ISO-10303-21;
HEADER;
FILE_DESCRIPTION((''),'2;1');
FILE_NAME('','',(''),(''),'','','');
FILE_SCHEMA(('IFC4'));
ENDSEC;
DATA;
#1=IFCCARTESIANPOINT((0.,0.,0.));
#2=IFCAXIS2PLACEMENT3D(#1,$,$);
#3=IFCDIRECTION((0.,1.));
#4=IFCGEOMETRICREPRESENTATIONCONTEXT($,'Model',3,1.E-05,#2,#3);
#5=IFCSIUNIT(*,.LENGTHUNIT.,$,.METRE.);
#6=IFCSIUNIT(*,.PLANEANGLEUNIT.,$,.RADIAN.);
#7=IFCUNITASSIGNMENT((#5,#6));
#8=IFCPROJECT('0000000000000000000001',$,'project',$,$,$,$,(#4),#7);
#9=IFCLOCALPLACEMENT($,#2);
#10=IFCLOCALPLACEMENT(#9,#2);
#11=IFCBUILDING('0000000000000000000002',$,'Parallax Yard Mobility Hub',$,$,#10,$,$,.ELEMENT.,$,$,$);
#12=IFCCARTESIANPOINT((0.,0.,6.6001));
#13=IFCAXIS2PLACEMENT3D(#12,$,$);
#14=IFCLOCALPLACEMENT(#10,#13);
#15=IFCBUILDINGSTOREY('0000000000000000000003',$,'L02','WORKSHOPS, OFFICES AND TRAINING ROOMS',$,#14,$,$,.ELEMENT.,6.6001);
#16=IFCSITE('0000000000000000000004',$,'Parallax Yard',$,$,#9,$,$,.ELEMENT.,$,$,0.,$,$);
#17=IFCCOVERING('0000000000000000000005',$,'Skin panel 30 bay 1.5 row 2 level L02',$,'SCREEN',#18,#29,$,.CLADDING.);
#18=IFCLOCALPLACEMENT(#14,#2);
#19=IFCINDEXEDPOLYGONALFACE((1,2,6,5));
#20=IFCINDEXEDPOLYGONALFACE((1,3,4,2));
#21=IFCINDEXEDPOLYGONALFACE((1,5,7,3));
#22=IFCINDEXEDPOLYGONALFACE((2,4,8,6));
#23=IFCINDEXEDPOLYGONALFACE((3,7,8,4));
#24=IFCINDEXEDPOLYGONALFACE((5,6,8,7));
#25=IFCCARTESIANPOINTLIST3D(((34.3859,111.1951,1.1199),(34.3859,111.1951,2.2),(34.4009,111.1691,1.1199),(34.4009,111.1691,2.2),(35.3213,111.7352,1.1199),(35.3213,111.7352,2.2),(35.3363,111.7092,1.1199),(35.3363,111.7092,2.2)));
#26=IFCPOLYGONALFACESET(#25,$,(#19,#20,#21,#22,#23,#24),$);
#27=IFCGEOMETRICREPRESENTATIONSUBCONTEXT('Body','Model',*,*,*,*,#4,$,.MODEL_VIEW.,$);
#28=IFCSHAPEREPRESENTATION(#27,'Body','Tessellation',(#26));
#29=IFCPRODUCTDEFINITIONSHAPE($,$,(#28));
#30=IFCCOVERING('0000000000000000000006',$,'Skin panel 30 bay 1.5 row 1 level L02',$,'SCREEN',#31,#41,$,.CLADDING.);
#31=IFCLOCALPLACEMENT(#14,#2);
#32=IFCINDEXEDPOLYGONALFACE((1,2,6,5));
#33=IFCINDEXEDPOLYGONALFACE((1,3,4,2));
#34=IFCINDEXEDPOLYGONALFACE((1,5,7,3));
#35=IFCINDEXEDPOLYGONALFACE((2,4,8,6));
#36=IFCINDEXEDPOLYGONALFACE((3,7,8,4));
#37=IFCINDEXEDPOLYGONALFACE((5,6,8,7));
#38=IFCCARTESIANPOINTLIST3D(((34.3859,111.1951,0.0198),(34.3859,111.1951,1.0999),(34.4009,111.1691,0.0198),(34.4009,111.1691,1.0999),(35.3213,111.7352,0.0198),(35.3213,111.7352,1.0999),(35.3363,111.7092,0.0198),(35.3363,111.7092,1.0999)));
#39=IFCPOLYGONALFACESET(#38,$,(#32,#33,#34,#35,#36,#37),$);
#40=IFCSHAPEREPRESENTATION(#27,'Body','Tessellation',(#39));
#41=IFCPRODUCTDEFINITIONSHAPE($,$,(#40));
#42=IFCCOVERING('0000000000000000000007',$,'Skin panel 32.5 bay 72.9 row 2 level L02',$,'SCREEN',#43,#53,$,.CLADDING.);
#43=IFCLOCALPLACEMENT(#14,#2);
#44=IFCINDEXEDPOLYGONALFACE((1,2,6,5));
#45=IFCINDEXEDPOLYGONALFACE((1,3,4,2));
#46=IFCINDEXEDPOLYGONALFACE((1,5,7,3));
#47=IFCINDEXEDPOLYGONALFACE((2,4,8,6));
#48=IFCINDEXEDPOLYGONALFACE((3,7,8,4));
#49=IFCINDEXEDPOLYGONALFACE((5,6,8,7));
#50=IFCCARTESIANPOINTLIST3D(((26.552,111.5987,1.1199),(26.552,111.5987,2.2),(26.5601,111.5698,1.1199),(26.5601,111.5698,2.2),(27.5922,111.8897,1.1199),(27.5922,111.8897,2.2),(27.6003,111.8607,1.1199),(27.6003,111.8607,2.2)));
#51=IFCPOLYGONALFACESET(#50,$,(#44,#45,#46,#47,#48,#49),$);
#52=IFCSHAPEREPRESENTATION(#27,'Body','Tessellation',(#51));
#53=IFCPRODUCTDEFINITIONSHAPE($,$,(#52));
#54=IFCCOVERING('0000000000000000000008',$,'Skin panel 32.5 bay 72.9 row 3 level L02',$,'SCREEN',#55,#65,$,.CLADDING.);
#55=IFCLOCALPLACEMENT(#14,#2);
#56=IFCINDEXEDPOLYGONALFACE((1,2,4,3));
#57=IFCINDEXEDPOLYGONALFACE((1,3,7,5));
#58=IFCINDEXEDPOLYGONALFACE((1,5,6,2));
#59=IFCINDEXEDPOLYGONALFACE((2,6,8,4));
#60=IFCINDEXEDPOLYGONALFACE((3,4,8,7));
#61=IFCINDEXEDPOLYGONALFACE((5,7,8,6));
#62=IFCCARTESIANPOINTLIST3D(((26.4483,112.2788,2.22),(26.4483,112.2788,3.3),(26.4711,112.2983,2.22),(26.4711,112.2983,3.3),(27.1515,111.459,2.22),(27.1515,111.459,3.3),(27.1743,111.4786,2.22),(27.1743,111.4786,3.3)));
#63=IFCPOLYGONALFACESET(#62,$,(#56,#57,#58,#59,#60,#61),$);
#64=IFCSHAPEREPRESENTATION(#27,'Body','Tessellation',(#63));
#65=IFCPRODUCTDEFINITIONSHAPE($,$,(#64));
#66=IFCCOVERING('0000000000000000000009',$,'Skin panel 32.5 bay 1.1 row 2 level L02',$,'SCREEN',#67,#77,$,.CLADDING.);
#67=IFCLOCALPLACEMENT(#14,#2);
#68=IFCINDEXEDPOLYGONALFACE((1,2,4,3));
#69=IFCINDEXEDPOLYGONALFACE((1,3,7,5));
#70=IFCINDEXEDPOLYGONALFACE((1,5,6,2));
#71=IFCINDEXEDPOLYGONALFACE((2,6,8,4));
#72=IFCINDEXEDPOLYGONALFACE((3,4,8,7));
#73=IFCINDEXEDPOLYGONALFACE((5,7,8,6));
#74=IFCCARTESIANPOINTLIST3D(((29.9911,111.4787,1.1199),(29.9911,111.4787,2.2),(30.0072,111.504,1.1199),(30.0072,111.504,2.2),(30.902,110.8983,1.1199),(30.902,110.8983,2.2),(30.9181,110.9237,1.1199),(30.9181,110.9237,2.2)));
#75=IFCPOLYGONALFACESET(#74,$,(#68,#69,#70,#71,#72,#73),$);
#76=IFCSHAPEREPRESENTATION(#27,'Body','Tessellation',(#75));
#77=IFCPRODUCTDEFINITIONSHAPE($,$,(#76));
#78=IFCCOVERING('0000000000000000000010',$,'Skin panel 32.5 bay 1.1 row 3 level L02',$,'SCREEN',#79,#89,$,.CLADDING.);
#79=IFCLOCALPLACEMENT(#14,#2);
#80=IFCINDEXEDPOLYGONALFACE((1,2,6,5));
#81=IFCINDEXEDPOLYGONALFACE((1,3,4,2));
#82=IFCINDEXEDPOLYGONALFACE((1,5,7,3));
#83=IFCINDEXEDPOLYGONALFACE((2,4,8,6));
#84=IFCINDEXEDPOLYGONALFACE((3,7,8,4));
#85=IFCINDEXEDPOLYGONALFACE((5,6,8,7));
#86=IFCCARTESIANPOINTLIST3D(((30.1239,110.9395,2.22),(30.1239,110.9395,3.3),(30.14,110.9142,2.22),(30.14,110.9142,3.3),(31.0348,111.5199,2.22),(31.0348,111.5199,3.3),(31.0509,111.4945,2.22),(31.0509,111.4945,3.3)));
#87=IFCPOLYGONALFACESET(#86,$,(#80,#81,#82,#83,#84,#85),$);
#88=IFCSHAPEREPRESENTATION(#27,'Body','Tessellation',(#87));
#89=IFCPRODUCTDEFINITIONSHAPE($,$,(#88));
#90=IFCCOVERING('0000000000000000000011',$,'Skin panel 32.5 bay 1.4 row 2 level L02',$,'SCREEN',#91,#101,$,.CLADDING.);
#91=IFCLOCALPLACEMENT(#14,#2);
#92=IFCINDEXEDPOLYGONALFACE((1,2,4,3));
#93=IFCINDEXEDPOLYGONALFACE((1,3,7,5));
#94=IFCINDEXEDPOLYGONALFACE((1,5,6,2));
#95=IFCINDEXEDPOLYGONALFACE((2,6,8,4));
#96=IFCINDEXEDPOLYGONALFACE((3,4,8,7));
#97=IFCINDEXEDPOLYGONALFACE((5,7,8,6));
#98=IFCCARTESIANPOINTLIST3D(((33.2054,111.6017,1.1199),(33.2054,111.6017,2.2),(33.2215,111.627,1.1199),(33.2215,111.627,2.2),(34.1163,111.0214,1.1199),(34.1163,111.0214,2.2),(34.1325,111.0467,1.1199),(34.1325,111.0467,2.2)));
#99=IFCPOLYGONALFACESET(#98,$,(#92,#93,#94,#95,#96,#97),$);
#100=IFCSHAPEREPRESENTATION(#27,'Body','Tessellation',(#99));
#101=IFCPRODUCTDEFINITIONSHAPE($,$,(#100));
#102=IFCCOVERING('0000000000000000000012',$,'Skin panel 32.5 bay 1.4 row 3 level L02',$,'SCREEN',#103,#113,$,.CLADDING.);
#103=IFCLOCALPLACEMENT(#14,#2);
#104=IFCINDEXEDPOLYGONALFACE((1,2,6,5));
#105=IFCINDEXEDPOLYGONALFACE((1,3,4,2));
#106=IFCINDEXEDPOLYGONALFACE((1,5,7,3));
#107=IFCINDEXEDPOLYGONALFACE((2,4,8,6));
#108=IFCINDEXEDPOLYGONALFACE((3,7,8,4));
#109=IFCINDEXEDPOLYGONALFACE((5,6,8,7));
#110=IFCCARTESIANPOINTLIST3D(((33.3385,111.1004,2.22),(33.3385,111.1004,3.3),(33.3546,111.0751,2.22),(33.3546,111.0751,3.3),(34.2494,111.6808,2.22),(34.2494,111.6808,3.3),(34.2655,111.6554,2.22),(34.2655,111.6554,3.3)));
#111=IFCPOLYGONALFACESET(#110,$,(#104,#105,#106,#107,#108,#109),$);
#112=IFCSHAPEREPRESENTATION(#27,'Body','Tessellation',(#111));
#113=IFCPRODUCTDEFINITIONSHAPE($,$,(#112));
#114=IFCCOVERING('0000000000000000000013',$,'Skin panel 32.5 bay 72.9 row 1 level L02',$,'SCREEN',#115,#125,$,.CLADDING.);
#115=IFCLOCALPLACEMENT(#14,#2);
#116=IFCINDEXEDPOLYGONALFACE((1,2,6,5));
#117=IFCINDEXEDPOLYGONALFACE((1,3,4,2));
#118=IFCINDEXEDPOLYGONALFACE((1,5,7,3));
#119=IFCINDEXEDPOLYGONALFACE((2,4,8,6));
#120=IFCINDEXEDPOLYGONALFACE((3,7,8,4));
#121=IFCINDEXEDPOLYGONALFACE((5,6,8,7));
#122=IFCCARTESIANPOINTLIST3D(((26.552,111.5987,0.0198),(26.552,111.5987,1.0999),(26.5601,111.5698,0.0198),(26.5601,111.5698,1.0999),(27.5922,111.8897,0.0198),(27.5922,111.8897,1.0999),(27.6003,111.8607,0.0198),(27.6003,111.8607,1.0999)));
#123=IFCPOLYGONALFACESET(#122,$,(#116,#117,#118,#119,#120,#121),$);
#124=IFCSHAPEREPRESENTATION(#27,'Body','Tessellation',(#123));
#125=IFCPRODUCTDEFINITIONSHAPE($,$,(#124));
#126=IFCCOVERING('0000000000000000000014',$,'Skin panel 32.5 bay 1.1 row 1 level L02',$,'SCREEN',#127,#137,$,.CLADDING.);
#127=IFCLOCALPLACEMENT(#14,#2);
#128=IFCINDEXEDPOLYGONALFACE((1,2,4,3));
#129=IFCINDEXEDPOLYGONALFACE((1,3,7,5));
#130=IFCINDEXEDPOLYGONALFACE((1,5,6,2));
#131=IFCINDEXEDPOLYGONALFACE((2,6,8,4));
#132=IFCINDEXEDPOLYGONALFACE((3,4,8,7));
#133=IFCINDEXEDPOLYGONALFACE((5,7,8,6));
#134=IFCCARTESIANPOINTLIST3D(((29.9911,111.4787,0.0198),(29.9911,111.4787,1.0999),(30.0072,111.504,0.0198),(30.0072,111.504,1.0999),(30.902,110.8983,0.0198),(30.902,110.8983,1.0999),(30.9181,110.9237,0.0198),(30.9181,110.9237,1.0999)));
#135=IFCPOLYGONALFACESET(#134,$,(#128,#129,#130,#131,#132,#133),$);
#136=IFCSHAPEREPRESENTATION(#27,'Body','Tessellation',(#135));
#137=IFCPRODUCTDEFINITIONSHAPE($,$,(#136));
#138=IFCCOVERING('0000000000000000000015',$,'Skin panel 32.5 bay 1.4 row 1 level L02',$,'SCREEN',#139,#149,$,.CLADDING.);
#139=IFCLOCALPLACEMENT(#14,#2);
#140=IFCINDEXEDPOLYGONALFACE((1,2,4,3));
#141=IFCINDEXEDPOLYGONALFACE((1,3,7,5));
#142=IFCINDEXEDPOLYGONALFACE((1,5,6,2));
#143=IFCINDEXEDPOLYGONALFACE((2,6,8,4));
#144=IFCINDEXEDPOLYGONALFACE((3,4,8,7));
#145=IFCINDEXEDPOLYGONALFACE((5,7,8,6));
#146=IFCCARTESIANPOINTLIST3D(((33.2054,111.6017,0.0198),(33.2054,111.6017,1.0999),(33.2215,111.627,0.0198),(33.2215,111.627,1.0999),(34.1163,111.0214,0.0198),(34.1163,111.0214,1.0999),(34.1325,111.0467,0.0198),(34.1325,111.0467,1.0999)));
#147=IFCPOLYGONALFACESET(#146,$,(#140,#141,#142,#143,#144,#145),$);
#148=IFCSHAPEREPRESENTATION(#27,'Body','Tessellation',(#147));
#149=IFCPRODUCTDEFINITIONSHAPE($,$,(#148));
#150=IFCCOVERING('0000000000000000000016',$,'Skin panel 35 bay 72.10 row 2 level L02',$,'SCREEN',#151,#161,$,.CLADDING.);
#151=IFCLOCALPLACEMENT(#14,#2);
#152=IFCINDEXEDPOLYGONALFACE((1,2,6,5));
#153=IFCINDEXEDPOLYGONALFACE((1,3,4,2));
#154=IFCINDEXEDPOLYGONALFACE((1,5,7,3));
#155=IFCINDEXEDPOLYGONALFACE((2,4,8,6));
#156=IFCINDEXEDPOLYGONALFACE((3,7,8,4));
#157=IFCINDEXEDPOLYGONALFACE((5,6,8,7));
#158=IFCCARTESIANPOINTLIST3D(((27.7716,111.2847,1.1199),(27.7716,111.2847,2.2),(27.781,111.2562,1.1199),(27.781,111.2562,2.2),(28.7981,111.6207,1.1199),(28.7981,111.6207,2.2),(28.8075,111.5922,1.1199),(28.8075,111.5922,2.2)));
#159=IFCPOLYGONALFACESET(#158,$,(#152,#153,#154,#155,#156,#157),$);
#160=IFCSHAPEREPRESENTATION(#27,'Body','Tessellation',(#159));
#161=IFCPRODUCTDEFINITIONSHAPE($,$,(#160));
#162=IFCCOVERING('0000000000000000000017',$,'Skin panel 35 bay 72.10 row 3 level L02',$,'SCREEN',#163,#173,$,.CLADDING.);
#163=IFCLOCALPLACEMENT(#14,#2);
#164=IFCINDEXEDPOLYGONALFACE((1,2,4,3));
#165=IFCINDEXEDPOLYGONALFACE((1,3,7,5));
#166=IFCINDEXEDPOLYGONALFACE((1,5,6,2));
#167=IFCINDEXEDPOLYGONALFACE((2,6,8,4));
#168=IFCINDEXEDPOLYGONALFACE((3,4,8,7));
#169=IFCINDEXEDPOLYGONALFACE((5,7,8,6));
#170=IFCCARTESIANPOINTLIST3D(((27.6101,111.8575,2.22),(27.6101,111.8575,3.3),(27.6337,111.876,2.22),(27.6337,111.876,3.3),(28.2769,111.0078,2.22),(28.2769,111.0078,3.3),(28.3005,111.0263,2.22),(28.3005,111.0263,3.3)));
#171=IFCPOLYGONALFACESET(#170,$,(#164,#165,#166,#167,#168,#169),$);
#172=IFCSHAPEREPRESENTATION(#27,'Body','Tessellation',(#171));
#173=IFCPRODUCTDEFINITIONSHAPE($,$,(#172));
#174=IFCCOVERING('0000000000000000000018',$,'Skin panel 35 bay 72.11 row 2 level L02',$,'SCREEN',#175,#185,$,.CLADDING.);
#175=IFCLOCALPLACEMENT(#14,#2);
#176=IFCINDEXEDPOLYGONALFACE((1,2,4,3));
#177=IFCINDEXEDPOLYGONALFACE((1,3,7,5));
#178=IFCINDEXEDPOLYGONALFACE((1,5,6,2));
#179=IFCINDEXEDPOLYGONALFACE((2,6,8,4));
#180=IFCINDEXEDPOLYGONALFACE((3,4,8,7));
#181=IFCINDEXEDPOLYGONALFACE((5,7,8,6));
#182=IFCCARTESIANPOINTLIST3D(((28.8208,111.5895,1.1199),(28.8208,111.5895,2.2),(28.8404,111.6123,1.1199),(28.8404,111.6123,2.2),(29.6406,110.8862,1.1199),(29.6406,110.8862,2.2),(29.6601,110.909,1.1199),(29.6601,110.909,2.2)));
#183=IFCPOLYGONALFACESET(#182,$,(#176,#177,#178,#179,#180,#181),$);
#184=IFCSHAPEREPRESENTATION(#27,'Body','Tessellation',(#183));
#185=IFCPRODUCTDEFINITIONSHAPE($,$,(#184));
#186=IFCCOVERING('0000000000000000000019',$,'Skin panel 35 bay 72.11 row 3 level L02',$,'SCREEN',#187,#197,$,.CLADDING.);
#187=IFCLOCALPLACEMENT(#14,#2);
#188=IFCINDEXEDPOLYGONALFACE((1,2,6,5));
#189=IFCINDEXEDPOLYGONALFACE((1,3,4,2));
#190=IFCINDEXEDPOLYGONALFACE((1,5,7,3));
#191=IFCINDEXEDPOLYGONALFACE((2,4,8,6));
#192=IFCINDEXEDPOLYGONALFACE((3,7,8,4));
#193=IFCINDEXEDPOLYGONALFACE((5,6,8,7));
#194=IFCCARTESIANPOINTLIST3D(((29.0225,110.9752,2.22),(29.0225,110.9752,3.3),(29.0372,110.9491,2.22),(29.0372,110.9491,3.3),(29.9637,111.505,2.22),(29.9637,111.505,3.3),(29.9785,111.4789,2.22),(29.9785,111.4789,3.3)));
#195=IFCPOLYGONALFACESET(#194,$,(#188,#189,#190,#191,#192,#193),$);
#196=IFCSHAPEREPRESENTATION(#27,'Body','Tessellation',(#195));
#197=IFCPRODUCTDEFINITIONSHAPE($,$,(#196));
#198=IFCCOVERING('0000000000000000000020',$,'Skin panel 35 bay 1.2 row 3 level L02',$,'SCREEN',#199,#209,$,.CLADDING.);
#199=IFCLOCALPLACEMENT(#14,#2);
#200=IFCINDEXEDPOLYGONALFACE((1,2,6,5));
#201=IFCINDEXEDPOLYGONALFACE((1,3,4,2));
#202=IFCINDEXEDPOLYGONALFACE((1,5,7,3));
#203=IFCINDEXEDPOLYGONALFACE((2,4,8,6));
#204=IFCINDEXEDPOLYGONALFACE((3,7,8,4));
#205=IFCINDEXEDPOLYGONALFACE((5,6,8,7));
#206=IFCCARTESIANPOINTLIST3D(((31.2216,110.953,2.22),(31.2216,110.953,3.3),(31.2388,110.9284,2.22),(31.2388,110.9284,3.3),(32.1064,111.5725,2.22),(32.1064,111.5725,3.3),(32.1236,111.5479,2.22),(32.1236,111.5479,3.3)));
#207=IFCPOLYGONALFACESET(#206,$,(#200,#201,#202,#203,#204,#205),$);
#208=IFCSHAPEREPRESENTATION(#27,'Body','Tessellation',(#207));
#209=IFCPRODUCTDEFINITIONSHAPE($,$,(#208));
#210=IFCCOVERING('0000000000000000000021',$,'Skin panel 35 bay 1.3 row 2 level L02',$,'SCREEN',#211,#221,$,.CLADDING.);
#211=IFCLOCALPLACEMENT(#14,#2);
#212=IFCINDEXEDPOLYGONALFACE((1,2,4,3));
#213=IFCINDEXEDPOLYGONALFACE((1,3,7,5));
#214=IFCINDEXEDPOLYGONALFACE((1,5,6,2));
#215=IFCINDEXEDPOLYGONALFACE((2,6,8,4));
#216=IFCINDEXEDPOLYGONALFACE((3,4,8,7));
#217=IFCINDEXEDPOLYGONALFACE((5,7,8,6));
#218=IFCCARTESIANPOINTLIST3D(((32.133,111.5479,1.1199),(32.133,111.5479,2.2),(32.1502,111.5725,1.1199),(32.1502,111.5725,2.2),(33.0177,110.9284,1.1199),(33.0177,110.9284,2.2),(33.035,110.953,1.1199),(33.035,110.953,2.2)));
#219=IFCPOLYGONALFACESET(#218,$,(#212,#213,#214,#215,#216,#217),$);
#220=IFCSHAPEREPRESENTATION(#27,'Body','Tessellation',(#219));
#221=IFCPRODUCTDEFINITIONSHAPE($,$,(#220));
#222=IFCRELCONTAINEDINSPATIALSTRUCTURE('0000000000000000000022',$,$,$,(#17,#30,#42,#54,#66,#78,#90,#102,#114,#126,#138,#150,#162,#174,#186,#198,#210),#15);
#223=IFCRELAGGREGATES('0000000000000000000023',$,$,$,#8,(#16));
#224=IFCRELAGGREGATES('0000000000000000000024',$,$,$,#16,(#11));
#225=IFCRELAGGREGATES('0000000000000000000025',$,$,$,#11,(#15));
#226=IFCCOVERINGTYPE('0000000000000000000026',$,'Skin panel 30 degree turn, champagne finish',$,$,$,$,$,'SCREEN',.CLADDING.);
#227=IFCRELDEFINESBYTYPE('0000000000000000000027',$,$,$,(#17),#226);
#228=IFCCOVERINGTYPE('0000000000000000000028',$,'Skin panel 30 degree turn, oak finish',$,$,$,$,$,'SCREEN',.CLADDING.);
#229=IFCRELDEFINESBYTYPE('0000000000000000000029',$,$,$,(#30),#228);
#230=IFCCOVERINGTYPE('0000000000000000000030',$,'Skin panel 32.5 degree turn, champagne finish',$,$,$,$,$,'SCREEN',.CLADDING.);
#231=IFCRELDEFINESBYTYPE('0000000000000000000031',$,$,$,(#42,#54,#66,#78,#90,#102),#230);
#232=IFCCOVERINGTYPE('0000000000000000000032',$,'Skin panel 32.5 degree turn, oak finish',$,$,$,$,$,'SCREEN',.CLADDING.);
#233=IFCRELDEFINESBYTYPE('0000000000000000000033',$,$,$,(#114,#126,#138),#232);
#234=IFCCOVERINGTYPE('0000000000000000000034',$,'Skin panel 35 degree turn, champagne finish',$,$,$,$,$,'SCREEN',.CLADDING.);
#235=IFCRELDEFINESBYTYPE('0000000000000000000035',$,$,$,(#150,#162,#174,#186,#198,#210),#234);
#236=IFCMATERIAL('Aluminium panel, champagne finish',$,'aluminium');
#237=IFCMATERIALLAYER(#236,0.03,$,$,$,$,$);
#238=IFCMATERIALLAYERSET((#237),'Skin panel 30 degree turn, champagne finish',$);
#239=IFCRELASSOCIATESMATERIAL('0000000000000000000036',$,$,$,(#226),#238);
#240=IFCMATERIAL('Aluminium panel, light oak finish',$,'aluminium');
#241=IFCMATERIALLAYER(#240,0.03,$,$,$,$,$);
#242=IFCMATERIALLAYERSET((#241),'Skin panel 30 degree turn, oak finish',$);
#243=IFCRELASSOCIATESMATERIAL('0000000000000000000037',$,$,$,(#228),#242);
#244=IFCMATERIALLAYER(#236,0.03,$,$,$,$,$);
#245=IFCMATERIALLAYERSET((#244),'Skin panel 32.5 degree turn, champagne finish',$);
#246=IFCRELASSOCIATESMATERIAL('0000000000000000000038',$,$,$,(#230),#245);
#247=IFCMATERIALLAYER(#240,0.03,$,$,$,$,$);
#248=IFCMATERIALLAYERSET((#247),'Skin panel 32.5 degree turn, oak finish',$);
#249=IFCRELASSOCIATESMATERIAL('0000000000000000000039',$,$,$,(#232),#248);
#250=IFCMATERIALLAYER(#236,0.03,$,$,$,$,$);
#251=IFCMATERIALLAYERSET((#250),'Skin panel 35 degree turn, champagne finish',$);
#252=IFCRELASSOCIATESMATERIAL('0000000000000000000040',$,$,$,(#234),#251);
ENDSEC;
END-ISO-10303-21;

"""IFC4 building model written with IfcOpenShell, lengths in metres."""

from ifc_helpers import new_model, si_unit, direction, frame, origin, origin_2d, place, context, subcontext, project, spatial, rectangle, extrude, material, layer, layer_set, type_object, element, save


model = new_model("IFC4")

# Units and contexts
model_context = context("Model", 3, precision=1e-05, world=origin(), true_north=direction((0.0, 1.0)))
body_context = subcontext(model_context, "Body", "Model", "MODEL_VIEW")
ifc_project = project(units=[si_unit("LENGTHUNIT", "METRE"), si_unit("PLANEANGLEUNIT", "RADIAN")], contexts=[model_context])

# Site, building, storey
site_placement = place(None, origin())
site = spatial("IfcSite", under=ifc_project, at=site_placement, Name="Parallax Yard", CompositionType="ELEMENT", RefElevation=0.0)
building_placement = place(site_placement, origin())
building = spatial("IfcBuilding", under=site, at=building_placement, Name="Parallax Yard Mobility Hub", CompositionType="ELEMENT")
storey_placement = place(building_placement, frame((0.0, 0.0, 6.6001)))
storey = spatial("IfcBuildingStorey", under=building, at=storey_placement, Name="L02", Description="WORKSHOPS, OFFICES AND TRAINING ROOMS", CompositionType="ELEMENT", Elevation=6.6001)

# Coverings
ifc_material_1 = material(Name="Aluminium panel, champagne finish", Category="aluminium")
ifc_layer_1 = layer(ifc_material_1, 0.03)
ifc_layer_set_1 = layer_set([ifc_layer_1], Name="Skin panel 30 degree turn, champagne finish")
covering_type_1 = type_object("IfcCoveringType", Name="Skin panel 30 degree turn, champagne finish", ElementType="SCREEN", PredefinedType="CLADDING", material=ifc_layer_set_1)
covering_1_placement = place(storey_placement, frame((34.8611, 111.4521, 1.1199), z_axis=(0.0, 0.0, 1.0), x_axis=(-0.866025, -0.5, 0.0)))
element("IfcCovering", 1, at=covering_1_placement, inside=storey, type_object=covering_type_1, Name="Skin panel 30 bay 1.5 row 2 level L02", ObjectType="SCREEN", PredefinedType="CLADDING", context=body_context, shape_type="SweptSolid", body=[
    extrude(rectangle(XDim=1.0801, YDim=0.03, at=origin_2d()), origin(), (0.0, 0.0, 1.0), 1.0801),
])
ifc_material_2 = material(Name="Aluminium panel, light oak finish", Category="aluminium")
ifc_layer_2 = layer(ifc_material_2, 0.03)
ifc_layer_set_2 = layer_set([ifc_layer_2], Name="Skin panel 30 degree turn, oak finish")
covering_type_2 = type_object("IfcCoveringType", Name="Skin panel 30 degree turn, oak finish", ElementType="SCREEN", PredefinedType="CLADDING", material=ifc_layer_set_2)
covering_2_placement = place(storey_placement, frame((34.8611, 111.4521, 0.0198), z_axis=(0.0, 0.0, 1.0), x_axis=(-0.866025, -0.5, 0.0)))
element("IfcCovering", 2, at=covering_2_placement, inside=storey, type_object=covering_type_2, Name="Skin panel 30 bay 1.5 row 1 level L02", ObjectType="SCREEN", PredefinedType="CLADDING", context=body_context, shape_type="SweptSolid", body=[
    extrude(rectangle(XDim=1.0801, YDim=0.03, at=origin_2d()), origin(), (0.0, 0.0, 1.0), 1.0801),
])
ifc_layer_3 = layer(ifc_material_1, 0.03)
ifc_layer_set_3 = layer_set([ifc_layer_3], Name="Skin panel 32.5 degree turn, champagne finish")
covering_type_3 = type_object("IfcCoveringType", Name="Skin panel 32.5 degree turn, champagne finish", ElementType="SCREEN", PredefinedType="CLADDING", material=ifc_layer_set_3)
for number, where, z_axis, x_axis, name in (
    (3, (27.0762, 111.7297, 1.1199), (0.0, 0.0, 1.0), (-0.963045, -0.26934, 0.0), "Skin panel 32.5 bay 72.9 row 2 level L02"),
    (4, (26.8113, 111.8787, 2.22), (0.0, 0.0, 1.0), (0.651105, -0.758987, 0.0), "Skin panel 32.5 bay 72.9 row 3 level L02"),
    (5, (30.4546, 111.2012, 1.1199), (0.0, 0.0, 1.0), (0.843391, -0.5373, 0.0), "Skin panel 32.5 bay 1.1 row 2 level L02"),
    (6, (30.5874, 111.217, 2.22), (0.0, 0.0, 1.0), (-0.843391, -0.5373, 0.0), "Skin panel 32.5 bay 1.1 row 3 level L02"),
    (7, (33.6689, 111.3242, 1.1199), (0.0, 0.0, 1.0), (0.843391, -0.5373, 0.0), "Skin panel 32.5 bay 1.4 row 2 level L02"),
    (8, (33.802, 111.3779, 2.22), (0.0, 0.0, 1.0), (-0.843391, -0.5373, 0.0), "Skin panel 32.5 bay 1.4 row 3 level L02"),
):
    element("IfcCovering", number, at=place(storey_placement, frame(where, z_axis=z_axis, x_axis=x_axis)), inside=storey, type_object=covering_type_3, Name=name, ObjectType="SCREEN", PredefinedType="CLADDING", context=body_context, shape_type="SweptSolid", body=[
        extrude(rectangle(XDim=1.0801, YDim=0.03, at=origin_2d()), origin(), (0.0, 0.0, 1.0), 1.0801),
    ])
ifc_layer_4 = layer(ifc_material_2, 0.03)
ifc_layer_set_4 = layer_set([ifc_layer_4], Name="Skin panel 32.5 degree turn, oak finish")
covering_type_4 = type_object("IfcCoveringType", Name="Skin panel 32.5 degree turn, oak finish", ElementType="SCREEN", PredefinedType="CLADDING", material=ifc_layer_set_4)
for number, where, z_axis, x_axis, name in (
    (9, (27.0762, 111.7297, 0.0198), (0.0, 0.0, 1.0), (-0.963045, -0.26934, 0.0), "Skin panel 32.5 bay 72.9 row 1 level L02"),
    (10, (30.4546, 111.2012, 0.0198), (0.0, 0.0, 1.0), (0.843391, -0.5373, 0.0), "Skin panel 32.5 bay 1.1 row 1 level L02"),
    (11, (33.6689, 111.3242, 0.0198), (0.0, 0.0, 1.0), (0.843391, -0.5373, 0.0), "Skin panel 32.5 bay 1.4 row 1 level L02"),
):
    element("IfcCovering", number, at=place(storey_placement, frame(where, z_axis=z_axis, x_axis=x_axis)), inside=storey, type_object=covering_type_4, Name=name, ObjectType="SCREEN", PredefinedType="CLADDING", context=body_context, shape_type="SweptSolid", body=[
        extrude(rectangle(XDim=1.0801, YDim=0.03, at=origin_2d()), origin(), (0.0, 0.0, 1.0), 1.0801),
    ])
ifc_layer_5 = layer(ifc_material_1, 0.03)
ifc_layer_set_5 = layer_set([ifc_layer_5], Name="Skin panel 35 degree turn, champagne finish")
covering_type_5 = type_object("IfcCoveringType", Name="Skin panel 35 degree turn, champagne finish", ElementType="SCREEN", PredefinedType="CLADDING", material=ifc_layer_set_5)
for number, where, z_axis, x_axis, name in (
    (12, (28.2896, 111.4385, 1.1199), (0.0, 0.0, 1.0), (-0.95038, -0.311091, 0.0), "Skin panel 35 bay 72.10 row 2 level L02"),
    (13, (27.9553, 111.4419, 2.22), (0.0, 0.0, 1.0), (0.617379, -0.786666, 0.0), "Skin panel 35 bay 72.10 row 3 level L02"),
    (14, (29.2405, 111.2493, 1.1199), (0.0, 0.0, 1.0), (0.758987, -0.651105, 0.0), "Skin panel 35 bay 72.11 row 2 level L02"),
    (15, (29.5005, 111.2271, 2.22), (0.0, 0.0, 1.0), (-0.871428, -0.490524, 0.0), "Skin panel 35 bay 72.11 row 3 level L02"),
    (16, (31.6726, 111.2505, 2.22), (0.0, 0.0, 1.0), (-0.819152, -0.573576, 0.0), "Skin panel 35 bay 1.2 row 3 level L02"),
    (17, (32.584, 111.2505, 1.1199), (0.0, 0.0, 1.0), (0.819152, -0.573576, 0.0), "Skin panel 35 bay 1.3 row 2 level L02"),
):
    element("IfcCovering", number, at=place(storey_placement, frame(where, z_axis=z_axis, x_axis=x_axis)), inside=storey, type_object=covering_type_5, Name=name, ObjectType="SCREEN", PredefinedType="CLADDING", context=body_context, shape_type="SweptSolid", body=[
        extrude(rectangle(XDim=1.0801, YDim=0.03, at=origin_2d()), origin(), (0.0, 0.0, 1.0), 1.0801),
    ])

save(model, "model.ifc")
